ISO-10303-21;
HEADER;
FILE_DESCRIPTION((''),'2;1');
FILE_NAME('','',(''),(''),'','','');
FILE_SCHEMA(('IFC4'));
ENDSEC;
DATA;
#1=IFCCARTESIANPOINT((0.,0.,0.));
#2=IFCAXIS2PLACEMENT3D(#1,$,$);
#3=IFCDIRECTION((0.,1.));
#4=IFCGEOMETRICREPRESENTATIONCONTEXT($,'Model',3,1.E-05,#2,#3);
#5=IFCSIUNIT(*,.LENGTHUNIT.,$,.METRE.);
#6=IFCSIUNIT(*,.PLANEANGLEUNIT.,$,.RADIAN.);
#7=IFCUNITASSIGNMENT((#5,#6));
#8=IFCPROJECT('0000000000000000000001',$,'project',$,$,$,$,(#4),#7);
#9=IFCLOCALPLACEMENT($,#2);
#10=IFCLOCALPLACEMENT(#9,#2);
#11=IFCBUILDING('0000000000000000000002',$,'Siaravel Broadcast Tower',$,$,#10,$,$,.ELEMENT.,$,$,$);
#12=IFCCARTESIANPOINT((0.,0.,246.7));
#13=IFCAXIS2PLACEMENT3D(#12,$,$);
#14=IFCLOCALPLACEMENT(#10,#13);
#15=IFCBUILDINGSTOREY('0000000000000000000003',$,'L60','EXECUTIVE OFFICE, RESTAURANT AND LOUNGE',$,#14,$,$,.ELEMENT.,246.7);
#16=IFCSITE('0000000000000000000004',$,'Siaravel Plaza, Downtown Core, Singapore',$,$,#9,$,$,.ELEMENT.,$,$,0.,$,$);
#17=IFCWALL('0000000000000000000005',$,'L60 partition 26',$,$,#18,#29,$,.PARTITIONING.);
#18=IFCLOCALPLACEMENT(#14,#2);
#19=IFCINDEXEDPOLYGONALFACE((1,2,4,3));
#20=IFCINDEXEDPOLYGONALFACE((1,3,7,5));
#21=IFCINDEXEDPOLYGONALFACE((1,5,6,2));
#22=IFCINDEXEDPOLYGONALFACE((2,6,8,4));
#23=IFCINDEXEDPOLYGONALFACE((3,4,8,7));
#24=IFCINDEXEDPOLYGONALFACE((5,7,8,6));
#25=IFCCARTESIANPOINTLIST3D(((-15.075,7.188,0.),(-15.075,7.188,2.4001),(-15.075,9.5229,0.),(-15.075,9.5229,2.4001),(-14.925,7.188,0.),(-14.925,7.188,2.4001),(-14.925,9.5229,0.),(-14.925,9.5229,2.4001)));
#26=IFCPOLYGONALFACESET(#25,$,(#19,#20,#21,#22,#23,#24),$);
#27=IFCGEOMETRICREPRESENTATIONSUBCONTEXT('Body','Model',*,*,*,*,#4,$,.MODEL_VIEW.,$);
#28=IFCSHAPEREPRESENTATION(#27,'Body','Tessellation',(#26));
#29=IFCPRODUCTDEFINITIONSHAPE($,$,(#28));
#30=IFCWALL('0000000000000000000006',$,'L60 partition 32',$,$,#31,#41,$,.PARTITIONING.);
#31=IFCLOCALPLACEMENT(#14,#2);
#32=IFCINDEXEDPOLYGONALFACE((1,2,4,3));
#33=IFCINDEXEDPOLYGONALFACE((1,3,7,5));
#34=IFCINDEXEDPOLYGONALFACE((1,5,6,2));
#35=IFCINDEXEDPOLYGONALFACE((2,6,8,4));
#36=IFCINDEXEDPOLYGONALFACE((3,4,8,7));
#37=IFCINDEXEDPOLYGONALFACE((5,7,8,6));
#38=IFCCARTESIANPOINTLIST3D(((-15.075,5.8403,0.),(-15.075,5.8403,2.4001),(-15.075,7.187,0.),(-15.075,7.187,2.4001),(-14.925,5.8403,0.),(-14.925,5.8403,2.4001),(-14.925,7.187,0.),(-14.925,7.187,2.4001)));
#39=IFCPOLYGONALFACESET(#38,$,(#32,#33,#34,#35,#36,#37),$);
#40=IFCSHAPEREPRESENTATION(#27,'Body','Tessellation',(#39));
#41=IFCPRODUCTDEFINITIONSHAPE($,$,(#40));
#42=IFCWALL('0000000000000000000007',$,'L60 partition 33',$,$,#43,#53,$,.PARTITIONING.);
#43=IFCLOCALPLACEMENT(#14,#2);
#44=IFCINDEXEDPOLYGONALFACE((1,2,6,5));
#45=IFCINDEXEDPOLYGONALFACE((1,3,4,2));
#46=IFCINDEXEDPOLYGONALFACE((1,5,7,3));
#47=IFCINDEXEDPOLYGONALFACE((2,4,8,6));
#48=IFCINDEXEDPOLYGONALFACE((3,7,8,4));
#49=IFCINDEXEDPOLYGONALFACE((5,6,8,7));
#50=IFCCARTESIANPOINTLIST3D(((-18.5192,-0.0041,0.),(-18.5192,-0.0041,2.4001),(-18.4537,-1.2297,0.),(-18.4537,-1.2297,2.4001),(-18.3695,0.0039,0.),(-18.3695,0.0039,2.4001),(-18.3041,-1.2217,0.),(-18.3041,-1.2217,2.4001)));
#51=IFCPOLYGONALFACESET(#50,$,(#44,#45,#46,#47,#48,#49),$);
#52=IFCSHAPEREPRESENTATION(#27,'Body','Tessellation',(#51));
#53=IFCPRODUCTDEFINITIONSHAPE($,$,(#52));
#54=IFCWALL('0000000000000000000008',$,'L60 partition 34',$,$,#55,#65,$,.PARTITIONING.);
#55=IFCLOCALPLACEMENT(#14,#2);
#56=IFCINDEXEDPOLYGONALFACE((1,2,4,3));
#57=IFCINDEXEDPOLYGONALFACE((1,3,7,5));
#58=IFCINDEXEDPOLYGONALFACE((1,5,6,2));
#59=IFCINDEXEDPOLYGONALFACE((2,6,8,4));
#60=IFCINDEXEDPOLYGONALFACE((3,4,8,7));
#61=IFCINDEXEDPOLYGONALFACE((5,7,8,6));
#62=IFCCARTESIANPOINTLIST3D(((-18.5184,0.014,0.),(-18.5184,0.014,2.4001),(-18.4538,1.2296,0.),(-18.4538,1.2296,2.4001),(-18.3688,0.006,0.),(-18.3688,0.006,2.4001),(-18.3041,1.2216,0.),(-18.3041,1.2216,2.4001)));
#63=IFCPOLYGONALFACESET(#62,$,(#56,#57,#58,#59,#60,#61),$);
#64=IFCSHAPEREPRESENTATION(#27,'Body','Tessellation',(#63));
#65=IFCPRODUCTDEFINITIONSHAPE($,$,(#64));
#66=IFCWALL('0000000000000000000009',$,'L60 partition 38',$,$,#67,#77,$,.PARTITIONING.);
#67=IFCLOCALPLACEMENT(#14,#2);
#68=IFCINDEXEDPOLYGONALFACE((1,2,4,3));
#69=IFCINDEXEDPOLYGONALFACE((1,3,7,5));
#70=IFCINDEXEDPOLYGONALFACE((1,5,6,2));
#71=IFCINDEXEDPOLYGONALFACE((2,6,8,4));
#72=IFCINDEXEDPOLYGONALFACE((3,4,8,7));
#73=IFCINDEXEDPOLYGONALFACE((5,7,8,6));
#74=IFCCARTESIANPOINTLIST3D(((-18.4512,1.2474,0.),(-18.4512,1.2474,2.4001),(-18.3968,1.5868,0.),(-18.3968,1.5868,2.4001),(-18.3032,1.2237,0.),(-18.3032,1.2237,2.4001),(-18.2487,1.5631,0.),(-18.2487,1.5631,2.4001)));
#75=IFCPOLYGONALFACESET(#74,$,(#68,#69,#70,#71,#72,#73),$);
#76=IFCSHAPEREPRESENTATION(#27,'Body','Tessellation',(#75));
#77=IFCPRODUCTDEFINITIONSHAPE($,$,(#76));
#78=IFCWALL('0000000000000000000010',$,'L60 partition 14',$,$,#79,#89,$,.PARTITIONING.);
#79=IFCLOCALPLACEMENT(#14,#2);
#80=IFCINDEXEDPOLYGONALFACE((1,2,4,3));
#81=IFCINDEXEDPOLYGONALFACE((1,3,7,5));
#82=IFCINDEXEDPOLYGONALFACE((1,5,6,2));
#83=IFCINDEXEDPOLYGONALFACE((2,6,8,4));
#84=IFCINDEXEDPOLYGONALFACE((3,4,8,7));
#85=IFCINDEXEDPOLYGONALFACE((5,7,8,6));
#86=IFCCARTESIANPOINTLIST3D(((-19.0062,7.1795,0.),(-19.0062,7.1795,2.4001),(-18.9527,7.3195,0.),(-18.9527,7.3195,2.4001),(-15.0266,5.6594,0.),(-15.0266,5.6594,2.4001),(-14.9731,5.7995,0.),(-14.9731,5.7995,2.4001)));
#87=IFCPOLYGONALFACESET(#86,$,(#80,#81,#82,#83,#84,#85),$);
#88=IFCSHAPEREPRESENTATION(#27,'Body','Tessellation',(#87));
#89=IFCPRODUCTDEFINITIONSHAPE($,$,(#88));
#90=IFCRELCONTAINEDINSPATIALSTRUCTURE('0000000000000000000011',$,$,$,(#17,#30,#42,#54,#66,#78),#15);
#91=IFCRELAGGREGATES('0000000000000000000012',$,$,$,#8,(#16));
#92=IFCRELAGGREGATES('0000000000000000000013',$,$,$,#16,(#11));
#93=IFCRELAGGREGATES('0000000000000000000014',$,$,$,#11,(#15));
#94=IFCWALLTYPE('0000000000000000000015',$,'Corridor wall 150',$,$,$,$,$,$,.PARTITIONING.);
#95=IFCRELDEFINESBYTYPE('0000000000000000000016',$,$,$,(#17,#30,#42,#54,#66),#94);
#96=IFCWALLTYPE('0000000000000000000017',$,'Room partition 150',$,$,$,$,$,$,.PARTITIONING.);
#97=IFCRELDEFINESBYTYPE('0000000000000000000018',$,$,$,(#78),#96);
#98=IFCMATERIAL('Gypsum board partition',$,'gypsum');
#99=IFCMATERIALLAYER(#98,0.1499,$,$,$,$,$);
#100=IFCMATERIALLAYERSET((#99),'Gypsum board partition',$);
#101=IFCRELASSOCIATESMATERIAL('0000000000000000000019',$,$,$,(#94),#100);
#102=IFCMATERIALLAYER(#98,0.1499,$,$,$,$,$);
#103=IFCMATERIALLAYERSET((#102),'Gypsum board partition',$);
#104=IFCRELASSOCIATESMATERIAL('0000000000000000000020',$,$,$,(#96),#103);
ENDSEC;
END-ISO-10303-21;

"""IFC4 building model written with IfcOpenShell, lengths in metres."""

from ifc_helpers import new_model, si_unit, direction, frame, frame_2d, origin, place, context, subcontext, project, spatial, rectangle, extrude, material, layer, layer_set, type_object, element, save


model = new_model("IFC4")

# Units and contexts
model_context = context("Model", 3, precision=1e-05, world=origin(), true_north=direction((0.0, 1.0)))
body_context = subcontext(model_context, "Body", "Model", "MODEL_VIEW")
ifc_project = project(units=[si_unit("LENGTHUNIT", "METRE"), si_unit("PLANEANGLEUNIT", "RADIAN")], contexts=[model_context])

# Site, building, storey
site_placement = place(None, origin())
site = spatial("IfcSite", under=ifc_project, at=site_placement, Name="Siaravel Plaza, Downtown Core, Singapore", CompositionType="ELEMENT", RefElevation=0.0)
building_placement = place(site_placement, origin())
building = spatial("IfcBuilding", under=site, at=building_placement, Name="Siaravel Broadcast Tower", CompositionType="ELEMENT")
storey_placement = place(building_placement, frame((0.0, 0.0, 246.7)))
storey = spatial("IfcBuildingStorey", under=building, at=storey_placement, Name="L60", Description="EXECUTIVE OFFICE, RESTAURANT AND LOUNGE", CompositionType="ELEMENT", Elevation=246.7)

# Shared definitions
ifc_material_1 = material(Name="Gypsum board partition", Category="gypsum")
ifc_layer_1 = layer(ifc_material_1, 0.1499)
ifc_layer_set_1 = layer_set([ifc_layer_1], Name="Gypsum board partition")
wall_type_1 = type_object("IfcWallType", Name="Corridor wall 150", PredefinedType="PARTITIONING", material=ifc_layer_set_1)

# Walls
wall_1_placement = place(storey_placement, frame((-15.0, 9.5229, 0.0), z_axis=(0.0, 0.0, 1.0), x_axis=(0.0, -1.0, 0.0)))
element("IfcWall", 1, at=wall_1_placement, inside=storey, type_object=wall_type_1, Name="L60 partition 26", PredefinedType="PARTITIONING", context=body_context, shape_type="SweptSolid", body=[
    extrude(rectangle(XDim=2.335, YDim=0.1499, at=frame_2d((1.1675, 0.0))), origin(), (0.0, 0.0, 1.0), 2.4001),
])
wall_2_placement = place(storey_placement, frame((-15.0, 7.187, 0.0), z_axis=(0.0, 0.0, 1.0), x_axis=(0.0, -1.0, 0.0)))
element("IfcWall", 2, at=wall_2_placement, inside=storey, type_object=wall_type_1, Name="L60 partition 32", PredefinedType="PARTITIONING", context=body_context, shape_type="SweptSolid", body=[
    extrude(rectangle(XDim=1.3467, YDim=0.1499, at=frame_2d((0.6733, 0.0))), origin(), (0.0, 0.0, 1.0), 2.4001),
])
wall_3_placement = place(storey_placement, frame((-18.4443, 0.0, 0.0), z_axis=(0.0, 0.0, 1.0), x_axis=(0.053311, -0.998578, 0.0)))
element("IfcWall", 3, at=wall_3_placement, inside=storey, type_object=wall_type_1, Name="L60 partition 33", PredefinedType="PARTITIONING", context=body_context, shape_type="SweptSolid", body=[
    extrude(rectangle(XDim=1.2273, YDim=0.1499, at=frame_2d((0.6138, 0.0))), origin(), (0.0, 0.0, 1.0), 2.4001),
])
wall_4_placement = place(storey_placement, frame((-18.3789, 1.2256, 0.0), z_axis=(0.0, 0.0, 1.0), x_axis=(-0.053148, -0.998587, 0.0)))
element("IfcWall", 4, at=wall_4_placement, inside=storey, type_object=wall_type_1, Name="L60 partition 34", PredefinedType="PARTITIONING", context=body_context, shape_type="SweptSolid", body=[
    extrude(rectangle(XDim=1.2173, YDim=0.1499, at=frame_2d((0.6086, 0.0))), origin(), (0.0, 0.0, 1.0), 2.4001),
])
wall_5_placement = place(storey_placement, frame((-18.3228, 1.575, 0.0), z_axis=(0.0, 0.0, 1.0), x_axis=(-0.158406, -0.987374, 0.0)))
element("IfcWall", 5, at=wall_5_placement, inside=storey, type_object=wall_type_1, Name="L60 partition 38", PredefinedType="PARTITIONING", context=body_context, shape_type="SweptSolid", body=[
    extrude(rectangle(XDim=0.3438, YDim=0.1499, at=frame_2d((0.1719, 0.0))), origin(), (0.0, 0.0, 1.0), 2.4001),
])
ifc_layer_2 = layer(ifc_material_1, 0.1499)
ifc_layer_set_2 = layer_set([ifc_layer_2], Name="Gypsum board partition")
wall_type_2 = type_object("IfcWallType", Name="Room partition 150", PredefinedType="PARTITIONING", material=ifc_layer_set_2)
wall_6_placement = place(storey_placement, frame((-15.0, 5.7295, 0.0), z_axis=(0.0, 0.0, 1.0), x_axis=(-0.934173, 0.35682, 0.0)))
element("IfcWall", 6, at=wall_6_placement, inside=storey, type_object=wall_type_2, Name="L60 partition 14", PredefinedType="PARTITIONING", context=body_context, shape_type="SweptSolid", body=[
    extrude(rectangle(XDim=4.26, YDim=0.1499, at=frame_2d((2.1299, 0.0))), origin(), (0.0, 0.0, 1.0), 2.4001),
])

save(model, "model.ifc")
